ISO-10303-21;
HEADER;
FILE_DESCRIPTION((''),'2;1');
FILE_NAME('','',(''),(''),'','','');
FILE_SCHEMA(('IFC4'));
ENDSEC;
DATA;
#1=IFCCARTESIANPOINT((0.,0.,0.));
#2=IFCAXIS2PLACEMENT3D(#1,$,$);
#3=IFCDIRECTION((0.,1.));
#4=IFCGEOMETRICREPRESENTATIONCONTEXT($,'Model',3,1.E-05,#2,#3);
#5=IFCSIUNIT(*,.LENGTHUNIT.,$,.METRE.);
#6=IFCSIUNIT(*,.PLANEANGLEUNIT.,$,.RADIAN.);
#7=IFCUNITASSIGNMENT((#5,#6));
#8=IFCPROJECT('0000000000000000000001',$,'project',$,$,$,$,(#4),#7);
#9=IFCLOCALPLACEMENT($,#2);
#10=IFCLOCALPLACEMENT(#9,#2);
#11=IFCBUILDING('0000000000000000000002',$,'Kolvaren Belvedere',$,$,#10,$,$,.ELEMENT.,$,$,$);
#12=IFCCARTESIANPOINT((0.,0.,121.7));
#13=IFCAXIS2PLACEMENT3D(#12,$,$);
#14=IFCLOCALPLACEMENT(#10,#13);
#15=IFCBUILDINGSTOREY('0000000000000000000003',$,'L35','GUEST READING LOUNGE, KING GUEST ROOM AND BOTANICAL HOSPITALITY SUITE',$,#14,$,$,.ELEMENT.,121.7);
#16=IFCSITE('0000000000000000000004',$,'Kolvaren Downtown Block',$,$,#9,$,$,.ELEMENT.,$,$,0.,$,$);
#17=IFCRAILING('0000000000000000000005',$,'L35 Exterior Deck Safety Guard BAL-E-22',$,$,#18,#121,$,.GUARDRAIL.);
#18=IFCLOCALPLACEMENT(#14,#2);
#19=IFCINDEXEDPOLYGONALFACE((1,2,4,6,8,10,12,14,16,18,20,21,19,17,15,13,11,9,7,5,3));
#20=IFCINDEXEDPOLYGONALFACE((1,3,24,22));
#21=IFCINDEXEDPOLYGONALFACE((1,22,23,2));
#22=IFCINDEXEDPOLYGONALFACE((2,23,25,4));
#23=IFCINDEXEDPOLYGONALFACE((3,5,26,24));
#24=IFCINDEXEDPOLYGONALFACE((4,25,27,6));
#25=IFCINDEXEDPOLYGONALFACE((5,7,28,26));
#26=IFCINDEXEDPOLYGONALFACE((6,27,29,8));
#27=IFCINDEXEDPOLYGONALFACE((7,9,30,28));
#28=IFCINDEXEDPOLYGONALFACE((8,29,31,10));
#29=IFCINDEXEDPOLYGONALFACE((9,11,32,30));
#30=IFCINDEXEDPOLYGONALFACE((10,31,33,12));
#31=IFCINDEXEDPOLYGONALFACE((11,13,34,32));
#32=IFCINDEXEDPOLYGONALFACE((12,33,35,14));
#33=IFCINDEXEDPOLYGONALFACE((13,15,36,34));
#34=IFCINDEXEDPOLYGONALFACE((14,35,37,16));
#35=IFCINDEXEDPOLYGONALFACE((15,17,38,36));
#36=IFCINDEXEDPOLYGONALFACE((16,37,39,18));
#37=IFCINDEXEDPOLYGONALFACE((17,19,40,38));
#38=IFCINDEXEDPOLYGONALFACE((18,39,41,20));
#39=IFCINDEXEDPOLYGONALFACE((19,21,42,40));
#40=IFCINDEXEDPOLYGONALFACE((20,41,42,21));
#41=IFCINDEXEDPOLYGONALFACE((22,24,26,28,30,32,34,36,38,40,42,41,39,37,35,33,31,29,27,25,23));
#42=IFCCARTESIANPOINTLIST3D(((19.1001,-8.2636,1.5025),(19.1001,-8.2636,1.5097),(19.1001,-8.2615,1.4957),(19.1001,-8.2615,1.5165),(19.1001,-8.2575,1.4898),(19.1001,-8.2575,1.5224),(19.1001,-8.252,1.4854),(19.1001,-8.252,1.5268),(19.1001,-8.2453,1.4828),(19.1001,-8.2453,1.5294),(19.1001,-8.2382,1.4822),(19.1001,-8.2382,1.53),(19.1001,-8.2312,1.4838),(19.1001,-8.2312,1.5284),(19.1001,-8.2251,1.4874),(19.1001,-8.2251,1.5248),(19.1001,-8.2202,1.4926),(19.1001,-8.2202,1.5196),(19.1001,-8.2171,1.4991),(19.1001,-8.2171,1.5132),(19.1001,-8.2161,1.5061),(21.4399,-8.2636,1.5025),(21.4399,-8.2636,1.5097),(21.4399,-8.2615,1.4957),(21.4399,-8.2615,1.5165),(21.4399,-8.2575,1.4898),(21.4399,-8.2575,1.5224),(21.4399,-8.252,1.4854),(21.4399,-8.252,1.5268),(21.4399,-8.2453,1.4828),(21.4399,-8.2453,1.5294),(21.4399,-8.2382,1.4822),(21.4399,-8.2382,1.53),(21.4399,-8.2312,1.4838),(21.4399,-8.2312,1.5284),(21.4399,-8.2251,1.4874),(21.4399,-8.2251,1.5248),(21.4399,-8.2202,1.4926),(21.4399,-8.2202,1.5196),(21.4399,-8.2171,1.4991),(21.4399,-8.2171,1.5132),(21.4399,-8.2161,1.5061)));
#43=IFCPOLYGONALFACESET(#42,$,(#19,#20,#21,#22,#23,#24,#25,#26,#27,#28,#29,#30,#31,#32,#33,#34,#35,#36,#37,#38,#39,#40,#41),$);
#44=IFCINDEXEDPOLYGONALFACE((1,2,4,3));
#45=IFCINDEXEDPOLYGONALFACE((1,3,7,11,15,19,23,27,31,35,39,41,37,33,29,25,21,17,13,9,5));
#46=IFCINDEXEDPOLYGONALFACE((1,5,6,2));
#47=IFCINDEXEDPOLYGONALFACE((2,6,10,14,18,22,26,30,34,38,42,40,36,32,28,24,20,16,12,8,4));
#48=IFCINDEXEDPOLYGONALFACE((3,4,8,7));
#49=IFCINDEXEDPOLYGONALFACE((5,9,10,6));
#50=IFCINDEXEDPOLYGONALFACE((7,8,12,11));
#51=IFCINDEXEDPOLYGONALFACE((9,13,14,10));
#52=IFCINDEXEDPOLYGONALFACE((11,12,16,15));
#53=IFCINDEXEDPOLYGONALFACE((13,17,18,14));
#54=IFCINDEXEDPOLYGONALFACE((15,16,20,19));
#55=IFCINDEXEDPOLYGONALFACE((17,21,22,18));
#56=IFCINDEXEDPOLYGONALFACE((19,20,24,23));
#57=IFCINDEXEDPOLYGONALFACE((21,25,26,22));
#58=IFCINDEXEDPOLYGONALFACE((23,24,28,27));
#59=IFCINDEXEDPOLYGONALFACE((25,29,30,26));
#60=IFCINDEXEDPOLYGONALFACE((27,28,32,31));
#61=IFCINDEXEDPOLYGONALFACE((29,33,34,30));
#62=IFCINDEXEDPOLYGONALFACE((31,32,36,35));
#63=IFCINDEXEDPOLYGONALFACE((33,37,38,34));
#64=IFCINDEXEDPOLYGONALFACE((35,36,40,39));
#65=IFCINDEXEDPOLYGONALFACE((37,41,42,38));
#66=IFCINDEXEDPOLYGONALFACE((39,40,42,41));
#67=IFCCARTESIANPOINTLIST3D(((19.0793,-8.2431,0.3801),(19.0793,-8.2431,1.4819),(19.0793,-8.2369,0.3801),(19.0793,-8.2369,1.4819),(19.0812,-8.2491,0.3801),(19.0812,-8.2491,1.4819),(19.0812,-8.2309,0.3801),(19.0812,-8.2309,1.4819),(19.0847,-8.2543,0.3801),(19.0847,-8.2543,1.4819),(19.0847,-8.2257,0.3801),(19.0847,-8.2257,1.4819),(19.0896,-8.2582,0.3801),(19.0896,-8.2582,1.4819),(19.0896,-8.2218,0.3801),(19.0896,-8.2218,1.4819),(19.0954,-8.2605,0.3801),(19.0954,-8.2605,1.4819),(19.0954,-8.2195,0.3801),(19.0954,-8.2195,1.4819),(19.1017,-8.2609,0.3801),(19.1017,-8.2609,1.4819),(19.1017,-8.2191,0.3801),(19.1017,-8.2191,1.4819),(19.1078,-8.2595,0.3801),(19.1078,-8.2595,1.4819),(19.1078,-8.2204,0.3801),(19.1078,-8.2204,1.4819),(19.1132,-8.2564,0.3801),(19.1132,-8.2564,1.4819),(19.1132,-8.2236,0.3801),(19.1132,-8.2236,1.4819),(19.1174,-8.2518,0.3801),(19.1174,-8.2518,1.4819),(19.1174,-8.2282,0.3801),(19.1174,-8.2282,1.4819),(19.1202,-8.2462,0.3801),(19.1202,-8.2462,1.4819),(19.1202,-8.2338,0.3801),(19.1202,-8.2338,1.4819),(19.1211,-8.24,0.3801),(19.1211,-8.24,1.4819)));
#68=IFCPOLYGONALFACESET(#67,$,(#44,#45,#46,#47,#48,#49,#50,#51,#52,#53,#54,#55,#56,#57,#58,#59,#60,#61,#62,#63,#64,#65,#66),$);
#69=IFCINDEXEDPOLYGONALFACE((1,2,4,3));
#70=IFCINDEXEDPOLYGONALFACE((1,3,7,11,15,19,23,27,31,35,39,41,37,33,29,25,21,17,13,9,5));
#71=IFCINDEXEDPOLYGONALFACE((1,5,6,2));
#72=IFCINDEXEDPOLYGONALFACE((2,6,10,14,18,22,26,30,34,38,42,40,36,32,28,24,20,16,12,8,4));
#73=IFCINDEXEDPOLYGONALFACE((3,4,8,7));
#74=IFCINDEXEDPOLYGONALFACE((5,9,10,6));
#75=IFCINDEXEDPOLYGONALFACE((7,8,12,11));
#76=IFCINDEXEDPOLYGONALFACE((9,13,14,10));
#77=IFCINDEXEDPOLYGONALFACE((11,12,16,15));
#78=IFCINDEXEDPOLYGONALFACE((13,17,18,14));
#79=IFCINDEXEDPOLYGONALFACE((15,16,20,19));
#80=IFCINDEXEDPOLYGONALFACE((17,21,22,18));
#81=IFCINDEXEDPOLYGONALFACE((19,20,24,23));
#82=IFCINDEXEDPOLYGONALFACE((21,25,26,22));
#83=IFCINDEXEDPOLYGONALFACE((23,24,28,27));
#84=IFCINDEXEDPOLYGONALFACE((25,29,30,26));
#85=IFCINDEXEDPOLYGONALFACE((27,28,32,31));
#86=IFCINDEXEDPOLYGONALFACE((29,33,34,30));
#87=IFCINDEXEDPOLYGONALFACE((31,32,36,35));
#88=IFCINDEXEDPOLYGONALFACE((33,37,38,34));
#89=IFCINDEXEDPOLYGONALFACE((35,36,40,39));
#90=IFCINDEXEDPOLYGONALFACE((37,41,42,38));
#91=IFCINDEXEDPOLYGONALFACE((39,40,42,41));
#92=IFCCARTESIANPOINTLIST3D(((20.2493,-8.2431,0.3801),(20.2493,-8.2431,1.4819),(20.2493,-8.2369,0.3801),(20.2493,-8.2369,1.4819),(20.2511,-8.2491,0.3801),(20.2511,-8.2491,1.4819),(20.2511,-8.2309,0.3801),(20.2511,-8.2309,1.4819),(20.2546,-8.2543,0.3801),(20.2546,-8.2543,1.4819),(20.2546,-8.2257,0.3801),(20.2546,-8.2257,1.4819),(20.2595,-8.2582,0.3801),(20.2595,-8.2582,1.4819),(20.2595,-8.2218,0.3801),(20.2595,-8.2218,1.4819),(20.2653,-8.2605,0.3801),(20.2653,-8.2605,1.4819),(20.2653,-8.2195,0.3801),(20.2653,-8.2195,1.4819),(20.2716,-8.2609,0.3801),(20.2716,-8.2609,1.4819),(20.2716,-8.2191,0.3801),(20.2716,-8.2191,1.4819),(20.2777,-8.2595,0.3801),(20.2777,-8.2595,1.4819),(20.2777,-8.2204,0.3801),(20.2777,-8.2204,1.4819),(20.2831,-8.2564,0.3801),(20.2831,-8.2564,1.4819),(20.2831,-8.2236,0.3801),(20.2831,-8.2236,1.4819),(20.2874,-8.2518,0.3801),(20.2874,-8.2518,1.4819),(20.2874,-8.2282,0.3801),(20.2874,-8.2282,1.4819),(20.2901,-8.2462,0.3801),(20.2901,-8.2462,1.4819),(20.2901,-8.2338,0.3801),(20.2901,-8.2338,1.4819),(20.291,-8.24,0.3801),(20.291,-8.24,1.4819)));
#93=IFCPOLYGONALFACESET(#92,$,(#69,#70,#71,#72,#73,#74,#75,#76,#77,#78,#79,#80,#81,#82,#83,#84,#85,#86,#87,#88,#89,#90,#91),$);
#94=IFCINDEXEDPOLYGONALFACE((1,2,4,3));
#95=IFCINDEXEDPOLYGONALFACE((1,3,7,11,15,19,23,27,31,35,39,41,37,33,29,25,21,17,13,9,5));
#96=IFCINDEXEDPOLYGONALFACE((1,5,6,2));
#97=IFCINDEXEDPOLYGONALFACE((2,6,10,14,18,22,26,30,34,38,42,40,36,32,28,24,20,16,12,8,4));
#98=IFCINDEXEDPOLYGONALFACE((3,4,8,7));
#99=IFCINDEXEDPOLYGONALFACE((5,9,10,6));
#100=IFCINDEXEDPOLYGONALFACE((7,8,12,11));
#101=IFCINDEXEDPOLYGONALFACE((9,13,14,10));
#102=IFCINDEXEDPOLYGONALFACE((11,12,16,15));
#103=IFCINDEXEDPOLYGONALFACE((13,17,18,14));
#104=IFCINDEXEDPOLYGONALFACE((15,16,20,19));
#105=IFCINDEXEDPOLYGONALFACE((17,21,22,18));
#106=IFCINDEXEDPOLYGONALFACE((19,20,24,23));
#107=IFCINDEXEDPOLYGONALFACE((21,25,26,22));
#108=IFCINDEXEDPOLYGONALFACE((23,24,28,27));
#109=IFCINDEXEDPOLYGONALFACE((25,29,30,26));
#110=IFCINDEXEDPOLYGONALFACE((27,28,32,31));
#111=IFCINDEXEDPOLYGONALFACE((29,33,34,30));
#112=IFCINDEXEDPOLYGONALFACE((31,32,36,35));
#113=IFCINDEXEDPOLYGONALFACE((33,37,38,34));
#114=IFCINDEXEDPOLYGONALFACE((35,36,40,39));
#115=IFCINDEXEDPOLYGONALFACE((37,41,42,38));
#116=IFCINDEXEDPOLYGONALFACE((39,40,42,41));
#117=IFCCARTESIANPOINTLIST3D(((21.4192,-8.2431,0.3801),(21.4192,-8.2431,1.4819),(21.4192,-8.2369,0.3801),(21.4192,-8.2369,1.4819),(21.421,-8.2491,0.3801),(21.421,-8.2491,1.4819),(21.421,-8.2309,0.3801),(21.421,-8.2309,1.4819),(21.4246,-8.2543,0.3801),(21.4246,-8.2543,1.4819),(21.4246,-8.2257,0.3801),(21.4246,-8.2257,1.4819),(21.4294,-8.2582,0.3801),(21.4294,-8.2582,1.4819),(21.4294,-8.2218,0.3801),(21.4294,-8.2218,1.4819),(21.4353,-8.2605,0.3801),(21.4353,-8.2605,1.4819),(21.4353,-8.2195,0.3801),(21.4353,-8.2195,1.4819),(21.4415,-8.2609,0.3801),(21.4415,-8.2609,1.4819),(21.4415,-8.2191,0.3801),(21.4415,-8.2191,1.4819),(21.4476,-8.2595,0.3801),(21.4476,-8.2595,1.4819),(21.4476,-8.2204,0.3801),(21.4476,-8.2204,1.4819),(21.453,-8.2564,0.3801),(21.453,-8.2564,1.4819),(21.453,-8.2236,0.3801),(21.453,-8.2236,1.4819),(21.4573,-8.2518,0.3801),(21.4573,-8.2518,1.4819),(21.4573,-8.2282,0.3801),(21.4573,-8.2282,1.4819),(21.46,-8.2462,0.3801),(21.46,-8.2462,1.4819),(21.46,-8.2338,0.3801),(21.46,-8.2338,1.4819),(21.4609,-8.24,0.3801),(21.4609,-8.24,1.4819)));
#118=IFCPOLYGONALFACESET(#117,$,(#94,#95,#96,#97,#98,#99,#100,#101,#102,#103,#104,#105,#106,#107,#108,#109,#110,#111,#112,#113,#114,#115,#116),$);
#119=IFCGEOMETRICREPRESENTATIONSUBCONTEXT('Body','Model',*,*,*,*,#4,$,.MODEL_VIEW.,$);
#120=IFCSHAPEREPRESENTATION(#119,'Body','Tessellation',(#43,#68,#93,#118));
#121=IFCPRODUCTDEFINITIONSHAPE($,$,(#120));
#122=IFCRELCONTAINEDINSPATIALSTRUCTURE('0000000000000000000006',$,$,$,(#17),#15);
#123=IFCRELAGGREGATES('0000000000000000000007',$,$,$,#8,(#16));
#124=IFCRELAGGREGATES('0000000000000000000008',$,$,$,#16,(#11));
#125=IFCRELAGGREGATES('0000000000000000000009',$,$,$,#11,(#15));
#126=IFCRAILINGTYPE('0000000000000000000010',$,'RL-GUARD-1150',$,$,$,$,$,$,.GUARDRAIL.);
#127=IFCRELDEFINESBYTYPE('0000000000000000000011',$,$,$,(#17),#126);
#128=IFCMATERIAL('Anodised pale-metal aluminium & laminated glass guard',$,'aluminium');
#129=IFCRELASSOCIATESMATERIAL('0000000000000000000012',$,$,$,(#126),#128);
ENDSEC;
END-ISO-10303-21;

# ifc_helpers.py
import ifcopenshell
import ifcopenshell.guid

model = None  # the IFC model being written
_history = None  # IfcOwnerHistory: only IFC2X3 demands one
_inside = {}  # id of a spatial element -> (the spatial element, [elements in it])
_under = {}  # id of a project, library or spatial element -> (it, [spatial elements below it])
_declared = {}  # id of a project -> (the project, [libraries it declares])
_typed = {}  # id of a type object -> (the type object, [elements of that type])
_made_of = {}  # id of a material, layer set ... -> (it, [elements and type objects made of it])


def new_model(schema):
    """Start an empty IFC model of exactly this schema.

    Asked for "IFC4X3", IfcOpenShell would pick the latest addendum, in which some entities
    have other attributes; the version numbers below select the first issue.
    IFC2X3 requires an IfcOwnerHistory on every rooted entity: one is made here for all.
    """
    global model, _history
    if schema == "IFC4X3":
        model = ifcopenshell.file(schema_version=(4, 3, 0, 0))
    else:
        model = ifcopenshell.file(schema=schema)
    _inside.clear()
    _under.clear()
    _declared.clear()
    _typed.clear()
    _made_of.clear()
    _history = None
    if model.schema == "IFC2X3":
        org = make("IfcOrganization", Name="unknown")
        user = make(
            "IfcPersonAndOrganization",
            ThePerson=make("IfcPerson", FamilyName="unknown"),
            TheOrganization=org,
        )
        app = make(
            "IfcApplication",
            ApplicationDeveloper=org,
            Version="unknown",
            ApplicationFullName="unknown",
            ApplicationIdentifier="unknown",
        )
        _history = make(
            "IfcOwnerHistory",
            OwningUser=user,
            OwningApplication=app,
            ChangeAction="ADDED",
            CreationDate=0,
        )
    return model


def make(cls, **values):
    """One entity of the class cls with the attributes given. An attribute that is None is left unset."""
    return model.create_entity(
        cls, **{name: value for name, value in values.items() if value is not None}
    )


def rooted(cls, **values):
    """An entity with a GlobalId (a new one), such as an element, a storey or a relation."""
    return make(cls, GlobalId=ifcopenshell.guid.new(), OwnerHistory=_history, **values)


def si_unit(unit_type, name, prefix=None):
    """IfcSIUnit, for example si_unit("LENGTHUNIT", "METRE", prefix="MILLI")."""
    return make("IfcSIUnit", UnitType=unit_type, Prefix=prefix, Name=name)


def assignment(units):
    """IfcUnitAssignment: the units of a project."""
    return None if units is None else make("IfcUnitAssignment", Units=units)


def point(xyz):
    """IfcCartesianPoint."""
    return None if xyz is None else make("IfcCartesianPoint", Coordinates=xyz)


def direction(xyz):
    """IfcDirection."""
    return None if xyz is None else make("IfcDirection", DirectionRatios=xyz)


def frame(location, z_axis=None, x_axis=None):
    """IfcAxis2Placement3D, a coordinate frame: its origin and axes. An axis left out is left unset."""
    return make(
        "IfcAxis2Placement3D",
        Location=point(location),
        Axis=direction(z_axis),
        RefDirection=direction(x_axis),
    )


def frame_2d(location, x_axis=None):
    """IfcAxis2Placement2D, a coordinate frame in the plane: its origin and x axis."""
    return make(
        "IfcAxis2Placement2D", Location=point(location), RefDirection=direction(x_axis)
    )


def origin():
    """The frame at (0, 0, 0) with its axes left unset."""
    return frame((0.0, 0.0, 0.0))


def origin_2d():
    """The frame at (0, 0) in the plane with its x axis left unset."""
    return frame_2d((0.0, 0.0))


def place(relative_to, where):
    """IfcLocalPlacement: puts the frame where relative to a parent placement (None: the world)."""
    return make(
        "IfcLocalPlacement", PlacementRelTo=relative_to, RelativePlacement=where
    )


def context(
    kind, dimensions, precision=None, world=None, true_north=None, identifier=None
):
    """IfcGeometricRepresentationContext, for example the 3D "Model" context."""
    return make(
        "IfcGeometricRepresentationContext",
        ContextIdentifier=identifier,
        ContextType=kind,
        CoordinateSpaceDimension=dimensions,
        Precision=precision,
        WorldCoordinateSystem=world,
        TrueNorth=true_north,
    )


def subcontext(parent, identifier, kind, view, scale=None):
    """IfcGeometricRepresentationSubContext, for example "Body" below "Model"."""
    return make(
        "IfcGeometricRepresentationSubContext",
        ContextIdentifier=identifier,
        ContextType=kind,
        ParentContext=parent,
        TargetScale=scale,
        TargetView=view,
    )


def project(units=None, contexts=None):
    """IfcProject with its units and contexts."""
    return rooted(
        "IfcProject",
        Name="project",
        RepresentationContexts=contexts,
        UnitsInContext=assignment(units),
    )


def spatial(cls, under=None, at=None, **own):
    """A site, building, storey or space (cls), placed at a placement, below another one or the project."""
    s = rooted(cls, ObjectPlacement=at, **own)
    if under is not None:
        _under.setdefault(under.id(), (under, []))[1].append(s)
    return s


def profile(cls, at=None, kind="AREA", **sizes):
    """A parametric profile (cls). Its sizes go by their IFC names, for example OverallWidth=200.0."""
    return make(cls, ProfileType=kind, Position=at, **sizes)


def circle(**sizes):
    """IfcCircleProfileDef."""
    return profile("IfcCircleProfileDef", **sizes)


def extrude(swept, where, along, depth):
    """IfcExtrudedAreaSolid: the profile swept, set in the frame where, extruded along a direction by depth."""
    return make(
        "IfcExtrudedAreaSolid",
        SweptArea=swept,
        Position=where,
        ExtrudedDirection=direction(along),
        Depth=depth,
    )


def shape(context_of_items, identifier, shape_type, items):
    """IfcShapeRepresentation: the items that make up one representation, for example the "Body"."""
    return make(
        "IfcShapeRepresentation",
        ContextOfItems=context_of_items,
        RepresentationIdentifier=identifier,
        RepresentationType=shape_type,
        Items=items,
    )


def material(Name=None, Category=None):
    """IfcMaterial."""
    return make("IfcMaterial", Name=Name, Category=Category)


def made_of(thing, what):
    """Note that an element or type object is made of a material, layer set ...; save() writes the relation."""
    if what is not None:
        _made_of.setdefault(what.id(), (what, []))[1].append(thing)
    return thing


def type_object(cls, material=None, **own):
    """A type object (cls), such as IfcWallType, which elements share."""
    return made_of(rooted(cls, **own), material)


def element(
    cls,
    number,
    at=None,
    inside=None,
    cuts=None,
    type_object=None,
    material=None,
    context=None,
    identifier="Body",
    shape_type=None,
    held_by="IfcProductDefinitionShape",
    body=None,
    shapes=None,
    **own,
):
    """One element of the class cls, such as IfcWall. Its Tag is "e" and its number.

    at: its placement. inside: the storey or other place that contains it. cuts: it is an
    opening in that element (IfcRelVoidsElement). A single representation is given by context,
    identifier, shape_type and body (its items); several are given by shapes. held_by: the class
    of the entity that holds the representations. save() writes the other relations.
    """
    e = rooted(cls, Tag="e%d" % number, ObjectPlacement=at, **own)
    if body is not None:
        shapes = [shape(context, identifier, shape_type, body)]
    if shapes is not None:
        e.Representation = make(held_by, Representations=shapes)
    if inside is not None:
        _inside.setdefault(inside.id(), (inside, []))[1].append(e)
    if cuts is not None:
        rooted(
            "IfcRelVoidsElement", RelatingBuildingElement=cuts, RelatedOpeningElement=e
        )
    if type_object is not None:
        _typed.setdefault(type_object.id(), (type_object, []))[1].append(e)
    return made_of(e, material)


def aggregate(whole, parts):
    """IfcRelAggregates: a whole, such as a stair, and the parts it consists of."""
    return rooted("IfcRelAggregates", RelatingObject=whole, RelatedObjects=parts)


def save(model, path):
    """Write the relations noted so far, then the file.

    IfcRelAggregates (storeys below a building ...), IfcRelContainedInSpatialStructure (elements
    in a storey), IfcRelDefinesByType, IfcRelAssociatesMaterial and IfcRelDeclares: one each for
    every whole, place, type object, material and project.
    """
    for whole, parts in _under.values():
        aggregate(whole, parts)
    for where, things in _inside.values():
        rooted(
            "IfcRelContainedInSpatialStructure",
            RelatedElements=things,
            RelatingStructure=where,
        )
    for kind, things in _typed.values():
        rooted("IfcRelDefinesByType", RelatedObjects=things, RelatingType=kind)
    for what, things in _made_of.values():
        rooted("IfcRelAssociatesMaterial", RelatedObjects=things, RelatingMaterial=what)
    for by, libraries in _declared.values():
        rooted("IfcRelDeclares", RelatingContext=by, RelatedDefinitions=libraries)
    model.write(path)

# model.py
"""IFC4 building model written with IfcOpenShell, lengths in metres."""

from ifc_helpers import new_model, si_unit, direction, frame, origin, origin_2d, place, context, subcontext, project, spatial, circle, extrude, material, type_object, element, save


model = new_model("IFC4")

# Units and contexts
model_context = context("Model", 3, precision=1e-05, world=origin(), true_north=direction((0.0, 1.0)))
body_context = subcontext(model_context, "Body", "Model", "MODEL_VIEW")
ifc_project = project(units=[si_unit("LENGTHUNIT", "METRE"), si_unit("PLANEANGLEUNIT", "RADIAN")], contexts=[model_context])

# Site, building, storey
site_placement = place(None, origin())
site = spatial("IfcSite", under=ifc_project, at=site_placement, Name="Kolvaren Downtown Block", CompositionType="ELEMENT", RefElevation=0.0)
building_placement = place(site_placement, origin())
building = spatial("IfcBuilding", under=site, at=building_placement, Name="Kolvaren Belvedere", CompositionType="ELEMENT")
storey_placement = place(building_placement, frame((0.0, 0.0, 121.7)))
storey = spatial("IfcBuildingStorey", under=building, at=storey_placement, Name="L35", Description="GUEST READING LOUNGE, KING GUEST ROOM AND BOTANICAL HOSPITALITY SUITE", CompositionType="ELEMENT", Elevation=121.7)

# Railing
ifc_material_1 = material(Name="Anodised pale-metal aluminium & laminated glass guard", Category="aluminium")
railing_type = type_object("IfcRailingType", Name="RL-GUARD-1150", PredefinedType="GUARDRAIL", material=ifc_material_1)
railing_1_placement = place(storey_placement, frame((19.1001, -8.24, 0.3801)))
element("IfcRailing", 1, at=railing_1_placement, inside=storey, type_object=railing_type, Name="L35 Exterior Deck Safety Guard BAL-E-22", PredefinedType="GUARDRAIL", context=body_context, shape_type="SweptSolid", body=[
    extrude(circle(Radius=0.0239, at=origin_2d()), frame((0.0, 0.0, 1.126), z_axis=(1.0, 0.0, 0.0), x_axis=(0.0, 1.0, 0.0)), (0.0, 0.0, 1.0), 2.3398),
    extrude(circle(Radius=0.021, at=origin_2d()), origin(), (0.0, 0.0, 1.0), 1.1018),
    extrude(circle(Radius=0.021, at=origin_2d()), frame((1.1699, 0.0, 0.0)), (0.0, 0.0, 1.0), 1.1018),
    extrude(circle(Radius=0.021, at=origin_2d()), frame((2.3398, 0.0, 0.0)), (0.0, 0.0, 1.0), 1.1018),
])

save(model, "model.ifc")
